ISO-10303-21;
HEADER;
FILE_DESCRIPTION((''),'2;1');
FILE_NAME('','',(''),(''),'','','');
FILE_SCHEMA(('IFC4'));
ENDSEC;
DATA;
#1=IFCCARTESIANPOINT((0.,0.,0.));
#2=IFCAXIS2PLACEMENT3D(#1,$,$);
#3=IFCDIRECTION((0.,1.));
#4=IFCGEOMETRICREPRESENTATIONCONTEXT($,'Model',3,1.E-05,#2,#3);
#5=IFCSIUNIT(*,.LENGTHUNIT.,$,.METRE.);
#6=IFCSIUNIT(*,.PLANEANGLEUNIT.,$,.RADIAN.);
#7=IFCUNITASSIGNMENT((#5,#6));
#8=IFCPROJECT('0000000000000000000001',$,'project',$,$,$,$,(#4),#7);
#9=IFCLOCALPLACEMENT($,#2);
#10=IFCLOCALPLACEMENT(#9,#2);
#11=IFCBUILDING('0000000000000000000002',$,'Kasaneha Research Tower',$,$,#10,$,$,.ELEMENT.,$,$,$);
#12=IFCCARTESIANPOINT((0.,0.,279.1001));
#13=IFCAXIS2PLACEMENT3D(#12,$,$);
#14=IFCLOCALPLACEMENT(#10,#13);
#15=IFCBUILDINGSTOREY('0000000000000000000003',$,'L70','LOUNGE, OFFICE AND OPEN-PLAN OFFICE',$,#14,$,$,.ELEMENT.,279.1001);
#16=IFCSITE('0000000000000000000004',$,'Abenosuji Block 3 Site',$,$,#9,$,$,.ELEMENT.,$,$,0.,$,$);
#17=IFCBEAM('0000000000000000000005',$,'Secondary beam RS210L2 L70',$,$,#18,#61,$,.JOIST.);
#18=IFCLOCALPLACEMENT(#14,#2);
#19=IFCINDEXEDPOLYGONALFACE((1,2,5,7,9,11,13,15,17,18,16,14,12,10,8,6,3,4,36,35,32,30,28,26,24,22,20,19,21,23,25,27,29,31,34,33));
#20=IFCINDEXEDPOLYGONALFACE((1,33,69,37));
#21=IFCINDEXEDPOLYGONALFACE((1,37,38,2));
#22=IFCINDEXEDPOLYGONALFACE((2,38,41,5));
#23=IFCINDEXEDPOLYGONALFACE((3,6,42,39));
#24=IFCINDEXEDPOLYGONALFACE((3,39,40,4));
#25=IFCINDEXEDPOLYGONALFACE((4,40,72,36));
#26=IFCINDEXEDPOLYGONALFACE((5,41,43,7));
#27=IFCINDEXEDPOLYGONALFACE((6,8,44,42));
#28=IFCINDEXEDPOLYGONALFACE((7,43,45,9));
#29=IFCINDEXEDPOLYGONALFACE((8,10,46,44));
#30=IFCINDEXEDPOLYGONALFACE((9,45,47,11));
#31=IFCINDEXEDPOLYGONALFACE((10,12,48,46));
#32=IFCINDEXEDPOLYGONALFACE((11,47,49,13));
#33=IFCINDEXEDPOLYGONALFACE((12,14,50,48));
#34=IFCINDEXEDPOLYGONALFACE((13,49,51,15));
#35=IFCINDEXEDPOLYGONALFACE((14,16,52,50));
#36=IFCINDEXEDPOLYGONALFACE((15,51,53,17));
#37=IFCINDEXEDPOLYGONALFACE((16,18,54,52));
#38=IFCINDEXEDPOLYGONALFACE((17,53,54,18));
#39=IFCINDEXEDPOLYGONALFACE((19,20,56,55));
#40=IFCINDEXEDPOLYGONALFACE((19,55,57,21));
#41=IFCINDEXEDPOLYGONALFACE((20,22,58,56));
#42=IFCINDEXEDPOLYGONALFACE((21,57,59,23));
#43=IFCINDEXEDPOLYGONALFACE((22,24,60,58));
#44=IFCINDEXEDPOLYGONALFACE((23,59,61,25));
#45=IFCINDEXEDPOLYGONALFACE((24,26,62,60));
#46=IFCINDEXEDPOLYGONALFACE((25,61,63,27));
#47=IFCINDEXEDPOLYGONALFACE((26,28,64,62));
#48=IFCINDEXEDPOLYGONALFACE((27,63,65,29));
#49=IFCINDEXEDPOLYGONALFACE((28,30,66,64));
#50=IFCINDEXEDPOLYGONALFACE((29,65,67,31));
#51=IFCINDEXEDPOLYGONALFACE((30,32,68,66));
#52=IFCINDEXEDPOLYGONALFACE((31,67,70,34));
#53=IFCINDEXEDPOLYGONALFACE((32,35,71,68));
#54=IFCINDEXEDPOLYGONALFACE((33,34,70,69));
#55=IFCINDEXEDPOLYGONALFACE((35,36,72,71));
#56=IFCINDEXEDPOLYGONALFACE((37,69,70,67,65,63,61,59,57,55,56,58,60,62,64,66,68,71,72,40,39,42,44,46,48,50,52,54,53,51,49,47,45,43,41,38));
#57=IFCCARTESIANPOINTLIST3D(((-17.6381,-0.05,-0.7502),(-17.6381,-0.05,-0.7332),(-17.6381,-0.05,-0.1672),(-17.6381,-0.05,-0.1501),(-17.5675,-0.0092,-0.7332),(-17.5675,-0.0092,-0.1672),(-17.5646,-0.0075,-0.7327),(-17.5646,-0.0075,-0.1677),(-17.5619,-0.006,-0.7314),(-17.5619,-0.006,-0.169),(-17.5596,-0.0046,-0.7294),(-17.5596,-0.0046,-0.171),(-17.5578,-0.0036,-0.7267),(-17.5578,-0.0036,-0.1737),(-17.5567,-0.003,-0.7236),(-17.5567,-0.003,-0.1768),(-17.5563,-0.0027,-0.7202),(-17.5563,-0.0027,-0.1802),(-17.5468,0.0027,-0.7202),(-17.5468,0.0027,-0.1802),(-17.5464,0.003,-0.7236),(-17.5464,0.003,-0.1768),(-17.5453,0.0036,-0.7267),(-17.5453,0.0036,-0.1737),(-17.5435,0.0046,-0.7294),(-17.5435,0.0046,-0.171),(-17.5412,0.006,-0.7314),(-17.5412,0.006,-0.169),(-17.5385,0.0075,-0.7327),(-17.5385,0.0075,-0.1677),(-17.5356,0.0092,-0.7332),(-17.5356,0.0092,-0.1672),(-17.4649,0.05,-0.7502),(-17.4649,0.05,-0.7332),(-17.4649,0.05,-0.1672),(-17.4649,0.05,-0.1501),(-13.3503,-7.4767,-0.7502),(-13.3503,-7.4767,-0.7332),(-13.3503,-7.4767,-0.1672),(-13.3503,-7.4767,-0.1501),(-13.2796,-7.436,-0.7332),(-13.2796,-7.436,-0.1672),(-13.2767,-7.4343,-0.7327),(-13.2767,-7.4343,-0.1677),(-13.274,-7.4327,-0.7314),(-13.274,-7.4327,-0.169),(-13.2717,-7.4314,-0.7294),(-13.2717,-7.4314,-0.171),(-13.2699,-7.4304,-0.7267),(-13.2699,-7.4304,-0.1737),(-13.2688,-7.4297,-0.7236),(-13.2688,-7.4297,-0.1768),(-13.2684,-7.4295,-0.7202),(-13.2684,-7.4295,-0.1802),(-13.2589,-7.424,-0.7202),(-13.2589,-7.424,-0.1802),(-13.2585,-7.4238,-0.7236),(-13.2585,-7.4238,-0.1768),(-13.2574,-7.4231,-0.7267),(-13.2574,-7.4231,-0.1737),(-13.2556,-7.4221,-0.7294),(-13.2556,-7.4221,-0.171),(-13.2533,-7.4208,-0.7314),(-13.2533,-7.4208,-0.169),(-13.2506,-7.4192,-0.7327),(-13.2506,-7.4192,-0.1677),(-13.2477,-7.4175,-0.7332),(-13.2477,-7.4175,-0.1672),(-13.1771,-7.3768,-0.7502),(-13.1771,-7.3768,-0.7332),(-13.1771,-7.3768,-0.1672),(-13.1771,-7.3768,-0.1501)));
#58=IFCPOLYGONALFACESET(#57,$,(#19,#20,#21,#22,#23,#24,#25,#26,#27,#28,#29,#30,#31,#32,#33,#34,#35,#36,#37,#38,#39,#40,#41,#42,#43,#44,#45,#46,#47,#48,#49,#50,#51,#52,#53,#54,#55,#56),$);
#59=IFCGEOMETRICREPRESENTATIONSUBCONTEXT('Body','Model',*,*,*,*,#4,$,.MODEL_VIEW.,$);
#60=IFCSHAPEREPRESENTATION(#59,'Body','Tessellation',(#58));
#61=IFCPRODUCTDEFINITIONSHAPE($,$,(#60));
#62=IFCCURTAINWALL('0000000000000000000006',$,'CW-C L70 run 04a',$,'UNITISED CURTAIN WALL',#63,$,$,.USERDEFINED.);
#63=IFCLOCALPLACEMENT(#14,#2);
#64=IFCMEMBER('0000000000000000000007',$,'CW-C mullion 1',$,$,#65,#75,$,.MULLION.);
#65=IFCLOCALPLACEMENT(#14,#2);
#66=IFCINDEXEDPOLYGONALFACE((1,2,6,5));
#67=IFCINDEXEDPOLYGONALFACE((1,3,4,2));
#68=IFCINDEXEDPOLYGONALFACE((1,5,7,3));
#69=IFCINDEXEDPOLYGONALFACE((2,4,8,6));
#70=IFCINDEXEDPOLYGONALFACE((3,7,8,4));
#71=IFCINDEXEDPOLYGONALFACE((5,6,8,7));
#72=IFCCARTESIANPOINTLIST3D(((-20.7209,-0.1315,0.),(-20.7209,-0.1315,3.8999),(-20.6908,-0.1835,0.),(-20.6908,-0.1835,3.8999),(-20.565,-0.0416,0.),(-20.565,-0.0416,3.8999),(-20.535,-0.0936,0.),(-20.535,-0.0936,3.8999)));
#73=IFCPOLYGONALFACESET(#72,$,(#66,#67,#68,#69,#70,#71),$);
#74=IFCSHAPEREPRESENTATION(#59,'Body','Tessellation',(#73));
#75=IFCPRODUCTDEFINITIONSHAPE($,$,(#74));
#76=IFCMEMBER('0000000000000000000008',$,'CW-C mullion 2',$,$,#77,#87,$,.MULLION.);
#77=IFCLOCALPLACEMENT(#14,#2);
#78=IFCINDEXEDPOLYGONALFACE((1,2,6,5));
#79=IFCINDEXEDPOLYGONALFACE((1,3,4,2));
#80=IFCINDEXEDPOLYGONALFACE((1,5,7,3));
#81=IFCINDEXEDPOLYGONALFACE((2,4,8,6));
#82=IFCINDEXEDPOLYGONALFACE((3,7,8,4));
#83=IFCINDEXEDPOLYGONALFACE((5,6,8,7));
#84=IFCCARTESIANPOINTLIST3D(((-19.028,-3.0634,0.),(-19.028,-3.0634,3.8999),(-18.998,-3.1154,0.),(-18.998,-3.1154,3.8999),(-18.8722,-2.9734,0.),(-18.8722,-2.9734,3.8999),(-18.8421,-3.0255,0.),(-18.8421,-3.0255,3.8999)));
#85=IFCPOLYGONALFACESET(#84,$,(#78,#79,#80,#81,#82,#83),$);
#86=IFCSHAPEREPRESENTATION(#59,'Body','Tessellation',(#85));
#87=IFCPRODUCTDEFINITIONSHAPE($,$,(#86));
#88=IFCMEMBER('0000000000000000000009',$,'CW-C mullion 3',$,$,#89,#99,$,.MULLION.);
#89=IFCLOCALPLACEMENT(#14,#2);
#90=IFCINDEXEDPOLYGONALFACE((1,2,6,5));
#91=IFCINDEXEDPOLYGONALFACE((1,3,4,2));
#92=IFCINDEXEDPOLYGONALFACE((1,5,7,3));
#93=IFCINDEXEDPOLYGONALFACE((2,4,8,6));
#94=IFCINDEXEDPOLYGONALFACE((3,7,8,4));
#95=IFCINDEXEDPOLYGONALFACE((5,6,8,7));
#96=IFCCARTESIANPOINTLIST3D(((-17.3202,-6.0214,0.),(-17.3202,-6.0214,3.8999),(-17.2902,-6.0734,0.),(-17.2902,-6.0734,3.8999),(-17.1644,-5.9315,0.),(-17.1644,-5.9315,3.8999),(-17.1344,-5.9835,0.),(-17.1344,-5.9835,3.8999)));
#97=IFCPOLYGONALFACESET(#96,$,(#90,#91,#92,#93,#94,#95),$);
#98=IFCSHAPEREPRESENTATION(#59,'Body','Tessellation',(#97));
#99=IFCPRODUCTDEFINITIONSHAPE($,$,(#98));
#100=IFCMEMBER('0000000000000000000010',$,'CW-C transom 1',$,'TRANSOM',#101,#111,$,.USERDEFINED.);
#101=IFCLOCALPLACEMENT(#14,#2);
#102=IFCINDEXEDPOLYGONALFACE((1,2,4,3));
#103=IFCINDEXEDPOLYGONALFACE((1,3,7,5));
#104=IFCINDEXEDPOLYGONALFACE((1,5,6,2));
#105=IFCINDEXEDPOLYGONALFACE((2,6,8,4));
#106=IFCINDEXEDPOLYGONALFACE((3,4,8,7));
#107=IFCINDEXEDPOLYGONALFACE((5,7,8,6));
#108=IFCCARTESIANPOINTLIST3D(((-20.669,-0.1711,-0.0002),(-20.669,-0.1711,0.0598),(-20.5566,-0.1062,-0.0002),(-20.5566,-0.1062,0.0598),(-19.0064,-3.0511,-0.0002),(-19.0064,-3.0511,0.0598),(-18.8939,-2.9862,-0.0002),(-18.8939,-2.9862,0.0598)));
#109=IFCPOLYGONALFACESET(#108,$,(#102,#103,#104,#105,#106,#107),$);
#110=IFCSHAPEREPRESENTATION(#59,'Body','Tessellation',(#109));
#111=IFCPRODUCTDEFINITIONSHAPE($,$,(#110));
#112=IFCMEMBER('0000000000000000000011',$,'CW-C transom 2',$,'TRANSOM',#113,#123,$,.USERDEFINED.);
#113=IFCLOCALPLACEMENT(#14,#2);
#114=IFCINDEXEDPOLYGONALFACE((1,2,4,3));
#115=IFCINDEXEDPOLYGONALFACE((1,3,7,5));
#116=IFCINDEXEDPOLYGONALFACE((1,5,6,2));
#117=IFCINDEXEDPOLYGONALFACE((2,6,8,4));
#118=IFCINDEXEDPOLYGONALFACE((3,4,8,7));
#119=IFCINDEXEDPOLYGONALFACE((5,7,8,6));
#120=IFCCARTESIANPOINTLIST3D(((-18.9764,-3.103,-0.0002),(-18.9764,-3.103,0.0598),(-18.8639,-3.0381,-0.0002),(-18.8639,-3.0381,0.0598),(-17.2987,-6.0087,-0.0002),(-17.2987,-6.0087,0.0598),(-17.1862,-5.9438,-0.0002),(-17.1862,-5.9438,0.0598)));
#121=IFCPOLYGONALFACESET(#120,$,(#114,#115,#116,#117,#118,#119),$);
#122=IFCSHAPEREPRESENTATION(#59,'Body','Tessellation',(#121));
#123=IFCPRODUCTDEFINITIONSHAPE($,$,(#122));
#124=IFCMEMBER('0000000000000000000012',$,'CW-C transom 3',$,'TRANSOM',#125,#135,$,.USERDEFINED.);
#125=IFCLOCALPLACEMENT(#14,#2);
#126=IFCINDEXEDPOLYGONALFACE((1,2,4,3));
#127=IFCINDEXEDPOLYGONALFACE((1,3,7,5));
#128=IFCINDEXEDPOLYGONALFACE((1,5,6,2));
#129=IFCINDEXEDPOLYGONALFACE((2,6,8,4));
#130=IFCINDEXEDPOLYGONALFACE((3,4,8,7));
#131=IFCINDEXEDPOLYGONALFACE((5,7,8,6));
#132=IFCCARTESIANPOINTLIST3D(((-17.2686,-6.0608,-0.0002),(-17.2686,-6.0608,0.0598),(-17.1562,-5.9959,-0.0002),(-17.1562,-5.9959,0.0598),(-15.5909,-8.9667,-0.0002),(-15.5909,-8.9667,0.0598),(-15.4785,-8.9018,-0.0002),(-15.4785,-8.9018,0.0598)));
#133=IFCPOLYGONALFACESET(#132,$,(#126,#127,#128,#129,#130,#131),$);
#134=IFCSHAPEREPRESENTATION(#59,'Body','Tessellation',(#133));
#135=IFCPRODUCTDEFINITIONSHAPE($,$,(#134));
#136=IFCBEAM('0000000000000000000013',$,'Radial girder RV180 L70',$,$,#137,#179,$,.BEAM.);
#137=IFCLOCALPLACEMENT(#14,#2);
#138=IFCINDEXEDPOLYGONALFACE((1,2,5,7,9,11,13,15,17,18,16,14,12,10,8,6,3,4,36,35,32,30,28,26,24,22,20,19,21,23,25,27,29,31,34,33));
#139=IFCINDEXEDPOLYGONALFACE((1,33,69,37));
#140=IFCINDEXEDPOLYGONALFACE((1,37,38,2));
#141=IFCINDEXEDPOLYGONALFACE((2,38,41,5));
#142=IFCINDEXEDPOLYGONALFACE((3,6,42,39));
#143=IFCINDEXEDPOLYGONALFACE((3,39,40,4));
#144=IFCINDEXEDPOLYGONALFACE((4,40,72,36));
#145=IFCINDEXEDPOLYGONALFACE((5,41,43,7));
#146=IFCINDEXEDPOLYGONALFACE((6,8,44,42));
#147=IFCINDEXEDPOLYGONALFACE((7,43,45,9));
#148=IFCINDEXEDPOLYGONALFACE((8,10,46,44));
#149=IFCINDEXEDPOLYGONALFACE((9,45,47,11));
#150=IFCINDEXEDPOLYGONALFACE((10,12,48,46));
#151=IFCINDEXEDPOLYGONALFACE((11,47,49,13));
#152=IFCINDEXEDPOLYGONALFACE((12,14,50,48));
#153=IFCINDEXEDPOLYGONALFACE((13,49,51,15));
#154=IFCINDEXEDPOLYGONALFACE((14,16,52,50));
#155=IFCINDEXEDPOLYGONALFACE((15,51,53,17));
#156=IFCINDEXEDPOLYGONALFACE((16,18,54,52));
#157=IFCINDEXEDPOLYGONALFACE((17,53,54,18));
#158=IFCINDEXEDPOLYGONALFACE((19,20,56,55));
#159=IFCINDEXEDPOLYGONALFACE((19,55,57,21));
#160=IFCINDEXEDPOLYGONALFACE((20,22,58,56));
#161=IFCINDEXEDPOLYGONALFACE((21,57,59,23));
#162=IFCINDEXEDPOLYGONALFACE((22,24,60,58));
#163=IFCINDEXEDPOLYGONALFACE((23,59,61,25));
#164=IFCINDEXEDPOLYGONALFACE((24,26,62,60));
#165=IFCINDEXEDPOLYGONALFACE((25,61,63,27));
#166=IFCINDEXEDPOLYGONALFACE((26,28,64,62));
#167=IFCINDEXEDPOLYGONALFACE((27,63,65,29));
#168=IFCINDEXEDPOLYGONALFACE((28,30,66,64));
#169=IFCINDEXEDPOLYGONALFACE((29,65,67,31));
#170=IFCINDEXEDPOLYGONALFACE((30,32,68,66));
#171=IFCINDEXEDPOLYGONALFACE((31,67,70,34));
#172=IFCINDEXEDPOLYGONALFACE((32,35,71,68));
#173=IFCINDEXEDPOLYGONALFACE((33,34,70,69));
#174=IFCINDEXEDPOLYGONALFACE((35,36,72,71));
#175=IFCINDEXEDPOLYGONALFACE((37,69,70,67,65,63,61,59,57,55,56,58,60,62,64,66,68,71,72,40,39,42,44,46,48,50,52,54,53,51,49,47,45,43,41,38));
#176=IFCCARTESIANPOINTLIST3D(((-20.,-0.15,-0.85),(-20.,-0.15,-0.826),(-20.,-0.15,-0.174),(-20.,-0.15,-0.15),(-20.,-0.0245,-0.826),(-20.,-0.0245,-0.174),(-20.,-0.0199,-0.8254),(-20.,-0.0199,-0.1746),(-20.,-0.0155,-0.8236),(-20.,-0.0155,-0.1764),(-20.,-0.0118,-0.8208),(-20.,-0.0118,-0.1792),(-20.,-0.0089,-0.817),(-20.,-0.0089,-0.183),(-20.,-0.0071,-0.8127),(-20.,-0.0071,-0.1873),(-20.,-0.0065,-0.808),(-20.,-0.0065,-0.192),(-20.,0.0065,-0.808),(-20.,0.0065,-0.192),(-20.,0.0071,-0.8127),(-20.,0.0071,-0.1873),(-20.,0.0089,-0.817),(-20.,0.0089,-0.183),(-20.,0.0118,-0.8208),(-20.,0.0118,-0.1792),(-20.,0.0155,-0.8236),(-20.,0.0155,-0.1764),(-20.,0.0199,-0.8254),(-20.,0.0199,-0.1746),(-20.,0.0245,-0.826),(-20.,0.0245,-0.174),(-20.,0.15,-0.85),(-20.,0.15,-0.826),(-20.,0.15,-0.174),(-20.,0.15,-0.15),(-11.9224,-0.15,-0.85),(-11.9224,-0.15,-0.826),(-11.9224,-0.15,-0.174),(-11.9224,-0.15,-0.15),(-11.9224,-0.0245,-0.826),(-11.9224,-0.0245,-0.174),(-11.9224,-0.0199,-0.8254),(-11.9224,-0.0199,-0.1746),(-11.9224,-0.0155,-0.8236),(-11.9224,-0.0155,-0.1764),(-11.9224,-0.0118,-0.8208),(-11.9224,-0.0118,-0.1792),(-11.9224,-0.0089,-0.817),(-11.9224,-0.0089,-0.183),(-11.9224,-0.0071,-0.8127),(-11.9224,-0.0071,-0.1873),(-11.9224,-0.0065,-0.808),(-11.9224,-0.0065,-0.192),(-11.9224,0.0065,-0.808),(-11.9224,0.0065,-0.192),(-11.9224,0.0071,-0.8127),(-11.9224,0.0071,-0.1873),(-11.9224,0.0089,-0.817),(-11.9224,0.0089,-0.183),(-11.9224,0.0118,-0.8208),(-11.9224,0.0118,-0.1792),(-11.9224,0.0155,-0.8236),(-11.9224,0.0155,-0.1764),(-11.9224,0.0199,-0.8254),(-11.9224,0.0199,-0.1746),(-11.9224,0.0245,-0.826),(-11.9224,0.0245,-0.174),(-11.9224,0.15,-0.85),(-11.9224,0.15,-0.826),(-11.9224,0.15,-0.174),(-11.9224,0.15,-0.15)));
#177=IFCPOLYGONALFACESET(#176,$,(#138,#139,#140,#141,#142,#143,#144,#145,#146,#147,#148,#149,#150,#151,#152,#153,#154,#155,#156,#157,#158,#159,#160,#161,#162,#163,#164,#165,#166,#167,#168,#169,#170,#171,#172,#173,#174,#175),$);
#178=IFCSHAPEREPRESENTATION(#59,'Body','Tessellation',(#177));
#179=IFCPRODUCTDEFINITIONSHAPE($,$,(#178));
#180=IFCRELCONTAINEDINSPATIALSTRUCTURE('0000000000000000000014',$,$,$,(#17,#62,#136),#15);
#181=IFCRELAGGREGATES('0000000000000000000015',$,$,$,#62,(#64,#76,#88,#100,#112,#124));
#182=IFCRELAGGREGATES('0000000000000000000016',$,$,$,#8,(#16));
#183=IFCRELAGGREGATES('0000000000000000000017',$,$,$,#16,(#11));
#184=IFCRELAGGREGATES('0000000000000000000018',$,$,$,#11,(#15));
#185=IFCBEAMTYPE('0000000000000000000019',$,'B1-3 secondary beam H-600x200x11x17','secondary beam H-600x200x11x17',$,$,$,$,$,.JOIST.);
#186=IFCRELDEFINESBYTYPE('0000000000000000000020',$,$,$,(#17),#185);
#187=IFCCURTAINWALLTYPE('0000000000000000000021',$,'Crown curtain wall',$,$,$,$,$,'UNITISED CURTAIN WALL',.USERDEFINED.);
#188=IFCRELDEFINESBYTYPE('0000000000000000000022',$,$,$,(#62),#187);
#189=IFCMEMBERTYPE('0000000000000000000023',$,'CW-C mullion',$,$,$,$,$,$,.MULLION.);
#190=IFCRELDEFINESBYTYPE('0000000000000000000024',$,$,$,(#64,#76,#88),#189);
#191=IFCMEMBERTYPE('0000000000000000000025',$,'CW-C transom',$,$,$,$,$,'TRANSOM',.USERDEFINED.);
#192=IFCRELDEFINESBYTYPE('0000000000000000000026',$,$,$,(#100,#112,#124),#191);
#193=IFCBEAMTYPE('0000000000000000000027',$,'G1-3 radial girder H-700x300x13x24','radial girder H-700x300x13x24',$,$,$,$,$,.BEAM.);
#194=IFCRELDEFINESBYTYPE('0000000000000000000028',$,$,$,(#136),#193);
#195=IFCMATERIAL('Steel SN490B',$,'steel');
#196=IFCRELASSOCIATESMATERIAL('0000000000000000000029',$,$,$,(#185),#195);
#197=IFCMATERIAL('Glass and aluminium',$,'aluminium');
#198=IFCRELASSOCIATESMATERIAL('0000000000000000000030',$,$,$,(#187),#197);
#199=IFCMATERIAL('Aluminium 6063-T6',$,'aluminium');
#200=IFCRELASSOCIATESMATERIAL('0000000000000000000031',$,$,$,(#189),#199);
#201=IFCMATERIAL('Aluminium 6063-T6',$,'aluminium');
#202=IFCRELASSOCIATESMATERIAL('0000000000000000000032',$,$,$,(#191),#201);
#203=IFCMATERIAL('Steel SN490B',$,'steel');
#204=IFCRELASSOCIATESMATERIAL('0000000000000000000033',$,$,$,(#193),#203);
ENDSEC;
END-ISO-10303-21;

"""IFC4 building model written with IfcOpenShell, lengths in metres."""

from ifc_helpers import new_model, si_unit, direction, frame, origin, origin_2d, place, context, subcontext, project, spatial, rectangle, i_section, extrude, material, material_profile, profile_set, type_object, element, aggregate, save


model = new_model("IFC4")

# Units and contexts
model_context = context("Model", 3, precision=1e-05, world=origin(), true_north=direction((0.0, 1.0)))
body_context = subcontext(model_context, "Body", "Model", "MODEL_VIEW")
ifc_project = project(units=[si_unit("LENGTHUNIT", "METRE"), si_unit("PLANEANGLEUNIT", "RADIAN")], contexts=[model_context])

# Site, building, storey
site_placement = place(None, origin())
site = spatial("IfcSite", under=ifc_project, at=site_placement, Name="Abenosuji Block 3 Site", CompositionType="ELEMENT", RefElevation=0.0)
building_placement = place(site_placement, origin())
building = spatial("IfcBuilding", under=site, at=building_placement, Name="Kasaneha Research Tower", CompositionType="ELEMENT")
storey_placement = place(building_placement, frame((0.0, 0.0, 279.1001)))
storey = spatial("IfcBuildingStorey", under=building, at=storey_placement, Name="L70", Description="LOUNGE, OFFICE AND OPEN-PLAN OFFICE", CompositionType="ELEMENT", Elevation=279.1001)

# Beam
ifc_material_1 = material(Name="Steel SN490B", Category="steel")
ifc_material_profile_1 = material_profile(ifc_material_1, i_section(OverallWidth=0.2, OverallDepth=0.6001, WebThickness=0.011, FlangeThickness=0.0171, FilletRadius=0.0129, at=origin_2d()), Name="H-600x200x11x17")
ifc_profile_set_1 = profile_set([ifc_material_profile_1], Name="Steel SN490B")
beam_type_1 = type_object("IfcBeamType", Name="B1-3 secondary beam H-600x200x11x17", Description="secondary beam H-600x200x11x17", PredefinedType="JOIST", material=ifc_profile_set_1)
beam_1_placement = place(storey_placement, frame((-17.5515, 0.0, -0.4502), z_axis=(0.5, -0.866025, 0.0), x_axis=(0.866025, 0.5, 0.0)))
element("IfcBeam", 1, at=beam_1_placement, inside=storey, type_object=beam_type_1, Name="Secondary beam RS210L2 L70", PredefinedType="JOIST", context=body_context, shape_type="SweptSolid", body=[
    extrude(i_section(OverallWidth=0.2, OverallDepth=0.6001, WebThickness=0.011, FlangeThickness=0.0171, FilletRadius=0.0129, at=origin_2d()), origin(), (0.0, 0.0, 1.0), 8.5757),
])

# Curtain wall, members
ifc_material_2 = material(Name="Glass and aluminium", Category="aluminium")
curtain_wall_type = type_object("IfcCurtainWallType", Name="Crown curtain wall", ElementType="UNITISED CURTAIN WALL", PredefinedType="USERDEFINED", material=ifc_material_2)
curtain_wall_placement = place(storey_placement, origin())
curtain_wall = element("IfcCurtainWall", 2, at=curtain_wall_placement, inside=storey, type_object=curtain_wall_type, Name="CW-C L70 run 04a", ObjectType="UNITISED CURTAIN WALL", PredefinedType="USERDEFINED")
ifc_material_3 = material(Name="Aluminium 6063-T6", Category="aluminium")
ifc_material_profile_2 = material_profile(ifc_material_3, rectangle(XDim=0.0601, YDim=0.1799, at=origin_2d()), Name="CW-C mullion 60x180")
ifc_profile_set_2 = profile_set([ifc_material_profile_2], Name="Aluminium 6063-T6")
member_type_1 = type_object("IfcMemberType", Name="CW-C mullion", PredefinedType="MULLION", material=ifc_profile_set_2)
member_1_placement = place(storey_placement, frame((-20.6279, -0.1125, 0.0), z_axis=(0.0, 0.0, 1.0), x_axis=(0.5, -0.866025, 0.0)))
member_1 = element("IfcMember", 3, at=member_1_placement, type_object=member_type_1, Name="CW-C mullion 1", PredefinedType="MULLION", context=body_context, shape_type="SweptSolid", body=[
    extrude(rectangle(XDim=0.0601, YDim=0.1799, at=origin_2d()), origin(), (0.0, 0.0, 1.0), 3.8999),
])
member_2_placement = place(storey_placement, frame((-18.9351, -3.0444, 0.0), z_axis=(0.0, 0.0, 1.0), x_axis=(0.5, -0.866025, 0.0)))
member_2 = element("IfcMember", 4, at=member_2_placement, type_object=member_type_1, Name="CW-C mullion 2", PredefinedType="MULLION", context=body_context, shape_type="SweptSolid", body=[
    extrude(rectangle(XDim=0.0601, YDim=0.1799, at=origin_2d()), origin(), (0.0, 0.0, 1.0), 3.8999),
])
member_3_placement = place(storey_placement, frame((-17.2273, -6.0024, 0.0), z_axis=(0.0, 0.0, 1.0), x_axis=(0.5, -0.866025, 0.0)))
member_3 = element("IfcMember", 5, at=member_3_placement, type_object=member_type_1, Name="CW-C mullion 3", PredefinedType="MULLION", context=body_context, shape_type="SweptSolid", body=[
    extrude(rectangle(XDim=0.0601, YDim=0.1799, at=origin_2d()), origin(), (0.0, 0.0, 1.0), 3.8999),
])
ifc_material_4 = material(Name="Aluminium 6063-T6", Category="aluminium")
ifc_material_profile_3 = material_profile(ifc_material_4, rectangle(XDim=0.1299, YDim=0.0601, at=origin_2d()), Name="CW-C transom 130x60")
ifc_profile_set_3 = profile_set([ifc_material_profile_3], Name="Aluminium 6063-T6")
member_type_2 = type_object("IfcMemberType", Name="CW-C transom", ElementType="TRANSOM", PredefinedType="USERDEFINED", material=ifc_profile_set_3)
member_4_placement = place(storey_placement, frame((-20.6128, -0.1387, 0.0298), z_axis=(0.499977, -0.866039, 0.0), x_axis=(0.866039, 0.499977, 0.0)))
member_4 = element("IfcMember", 6, at=member_4_placement, type_object=member_type_2, Name="CW-C transom 1", ObjectType="TRANSOM", PredefinedType="USERDEFINED", context=body_context, shape_type="SweptSolid", body=[
    extrude(rectangle(XDim=0.1299, YDim=0.0601, at=origin_2d()), origin(), (0.0, 0.0, 1.0), 3.3254),
])
member_5_placement = place(storey_placement, frame((-18.9202, -3.0706, 0.0298), z_axis=(0.500021, -0.866014, 0.0), x_axis=(0.866014, 0.500021, 0.0)))
member_5 = element("IfcMember", 7, at=member_5_placement, type_object=member_type_2, Name="CW-C transom 2", ObjectType="TRANSOM", PredefinedType="USERDEFINED", context=body_context, shape_type="SweptSolid", body=[
    extrude(rectangle(XDim=0.1299, YDim=0.0601, at=origin_2d()), origin(), (0.0, 0.0, 1.0), 3.3552),
])
member_6_placement = place(storey_placement, frame((-17.2124, -6.0283, 0.0298), z_axis=(0.499989, -0.866032, 0.0), x_axis=(0.866032, 0.499989, 0.0)))
member_6 = element("IfcMember", 8, at=member_6_placement, type_object=member_type_2, Name="CW-C transom 3", ObjectType="TRANSOM", PredefinedType="USERDEFINED", context=body_context, shape_type="SweptSolid", body=[
    extrude(rectangle(XDim=0.1299, YDim=0.0601, at=origin_2d()), origin(), (0.0, 0.0, 1.0), 3.3555),
])

# Beam
ifc_material_5 = material(Name="Steel SN490B", Category="steel")
ifc_material_profile_4 = material_profile(ifc_material_5, i_section(OverallWidth=0.3, OverallDepth=0.7, WebThickness=0.0129, FlangeThickness=0.0239, FilletRadius=0.0181, at=origin_2d()), Name="H-700x300x13x24")
ifc_profile_set_4 = profile_set([ifc_material_profile_4], Name="Steel SN490B")
beam_type_2 = type_object("IfcBeamType", Name="G1-3 radial girder H-700x300x13x24", Description="radial girder H-700x300x13x24", PredefinedType="BEAM", material=ifc_profile_set_4)
beam_2_placement = place(storey_placement, frame((-11.9224, 0.0, -0.5), z_axis=(-1.0, 0.0, 0.0), x_axis=(0.0, -1.0, 0.0)))
element("IfcBeam", 9, at=beam_2_placement, inside=storey, type_object=beam_type_2, Name="Radial girder RV180 L70", PredefinedType="BEAM", context=body_context, shape_type="SweptSolid", body=[
    extrude(i_section(OverallWidth=0.3, OverallDepth=0.7, WebThickness=0.0129, FlangeThickness=0.0239, FilletRadius=0.0181, at=origin_2d()), origin(), (0.0, 0.0, 1.0), 8.0776),
])

aggregate(curtain_wall, [member_1, member_2, member_3, member_4, member_5, member_6])

save(model, "model.ifc")
